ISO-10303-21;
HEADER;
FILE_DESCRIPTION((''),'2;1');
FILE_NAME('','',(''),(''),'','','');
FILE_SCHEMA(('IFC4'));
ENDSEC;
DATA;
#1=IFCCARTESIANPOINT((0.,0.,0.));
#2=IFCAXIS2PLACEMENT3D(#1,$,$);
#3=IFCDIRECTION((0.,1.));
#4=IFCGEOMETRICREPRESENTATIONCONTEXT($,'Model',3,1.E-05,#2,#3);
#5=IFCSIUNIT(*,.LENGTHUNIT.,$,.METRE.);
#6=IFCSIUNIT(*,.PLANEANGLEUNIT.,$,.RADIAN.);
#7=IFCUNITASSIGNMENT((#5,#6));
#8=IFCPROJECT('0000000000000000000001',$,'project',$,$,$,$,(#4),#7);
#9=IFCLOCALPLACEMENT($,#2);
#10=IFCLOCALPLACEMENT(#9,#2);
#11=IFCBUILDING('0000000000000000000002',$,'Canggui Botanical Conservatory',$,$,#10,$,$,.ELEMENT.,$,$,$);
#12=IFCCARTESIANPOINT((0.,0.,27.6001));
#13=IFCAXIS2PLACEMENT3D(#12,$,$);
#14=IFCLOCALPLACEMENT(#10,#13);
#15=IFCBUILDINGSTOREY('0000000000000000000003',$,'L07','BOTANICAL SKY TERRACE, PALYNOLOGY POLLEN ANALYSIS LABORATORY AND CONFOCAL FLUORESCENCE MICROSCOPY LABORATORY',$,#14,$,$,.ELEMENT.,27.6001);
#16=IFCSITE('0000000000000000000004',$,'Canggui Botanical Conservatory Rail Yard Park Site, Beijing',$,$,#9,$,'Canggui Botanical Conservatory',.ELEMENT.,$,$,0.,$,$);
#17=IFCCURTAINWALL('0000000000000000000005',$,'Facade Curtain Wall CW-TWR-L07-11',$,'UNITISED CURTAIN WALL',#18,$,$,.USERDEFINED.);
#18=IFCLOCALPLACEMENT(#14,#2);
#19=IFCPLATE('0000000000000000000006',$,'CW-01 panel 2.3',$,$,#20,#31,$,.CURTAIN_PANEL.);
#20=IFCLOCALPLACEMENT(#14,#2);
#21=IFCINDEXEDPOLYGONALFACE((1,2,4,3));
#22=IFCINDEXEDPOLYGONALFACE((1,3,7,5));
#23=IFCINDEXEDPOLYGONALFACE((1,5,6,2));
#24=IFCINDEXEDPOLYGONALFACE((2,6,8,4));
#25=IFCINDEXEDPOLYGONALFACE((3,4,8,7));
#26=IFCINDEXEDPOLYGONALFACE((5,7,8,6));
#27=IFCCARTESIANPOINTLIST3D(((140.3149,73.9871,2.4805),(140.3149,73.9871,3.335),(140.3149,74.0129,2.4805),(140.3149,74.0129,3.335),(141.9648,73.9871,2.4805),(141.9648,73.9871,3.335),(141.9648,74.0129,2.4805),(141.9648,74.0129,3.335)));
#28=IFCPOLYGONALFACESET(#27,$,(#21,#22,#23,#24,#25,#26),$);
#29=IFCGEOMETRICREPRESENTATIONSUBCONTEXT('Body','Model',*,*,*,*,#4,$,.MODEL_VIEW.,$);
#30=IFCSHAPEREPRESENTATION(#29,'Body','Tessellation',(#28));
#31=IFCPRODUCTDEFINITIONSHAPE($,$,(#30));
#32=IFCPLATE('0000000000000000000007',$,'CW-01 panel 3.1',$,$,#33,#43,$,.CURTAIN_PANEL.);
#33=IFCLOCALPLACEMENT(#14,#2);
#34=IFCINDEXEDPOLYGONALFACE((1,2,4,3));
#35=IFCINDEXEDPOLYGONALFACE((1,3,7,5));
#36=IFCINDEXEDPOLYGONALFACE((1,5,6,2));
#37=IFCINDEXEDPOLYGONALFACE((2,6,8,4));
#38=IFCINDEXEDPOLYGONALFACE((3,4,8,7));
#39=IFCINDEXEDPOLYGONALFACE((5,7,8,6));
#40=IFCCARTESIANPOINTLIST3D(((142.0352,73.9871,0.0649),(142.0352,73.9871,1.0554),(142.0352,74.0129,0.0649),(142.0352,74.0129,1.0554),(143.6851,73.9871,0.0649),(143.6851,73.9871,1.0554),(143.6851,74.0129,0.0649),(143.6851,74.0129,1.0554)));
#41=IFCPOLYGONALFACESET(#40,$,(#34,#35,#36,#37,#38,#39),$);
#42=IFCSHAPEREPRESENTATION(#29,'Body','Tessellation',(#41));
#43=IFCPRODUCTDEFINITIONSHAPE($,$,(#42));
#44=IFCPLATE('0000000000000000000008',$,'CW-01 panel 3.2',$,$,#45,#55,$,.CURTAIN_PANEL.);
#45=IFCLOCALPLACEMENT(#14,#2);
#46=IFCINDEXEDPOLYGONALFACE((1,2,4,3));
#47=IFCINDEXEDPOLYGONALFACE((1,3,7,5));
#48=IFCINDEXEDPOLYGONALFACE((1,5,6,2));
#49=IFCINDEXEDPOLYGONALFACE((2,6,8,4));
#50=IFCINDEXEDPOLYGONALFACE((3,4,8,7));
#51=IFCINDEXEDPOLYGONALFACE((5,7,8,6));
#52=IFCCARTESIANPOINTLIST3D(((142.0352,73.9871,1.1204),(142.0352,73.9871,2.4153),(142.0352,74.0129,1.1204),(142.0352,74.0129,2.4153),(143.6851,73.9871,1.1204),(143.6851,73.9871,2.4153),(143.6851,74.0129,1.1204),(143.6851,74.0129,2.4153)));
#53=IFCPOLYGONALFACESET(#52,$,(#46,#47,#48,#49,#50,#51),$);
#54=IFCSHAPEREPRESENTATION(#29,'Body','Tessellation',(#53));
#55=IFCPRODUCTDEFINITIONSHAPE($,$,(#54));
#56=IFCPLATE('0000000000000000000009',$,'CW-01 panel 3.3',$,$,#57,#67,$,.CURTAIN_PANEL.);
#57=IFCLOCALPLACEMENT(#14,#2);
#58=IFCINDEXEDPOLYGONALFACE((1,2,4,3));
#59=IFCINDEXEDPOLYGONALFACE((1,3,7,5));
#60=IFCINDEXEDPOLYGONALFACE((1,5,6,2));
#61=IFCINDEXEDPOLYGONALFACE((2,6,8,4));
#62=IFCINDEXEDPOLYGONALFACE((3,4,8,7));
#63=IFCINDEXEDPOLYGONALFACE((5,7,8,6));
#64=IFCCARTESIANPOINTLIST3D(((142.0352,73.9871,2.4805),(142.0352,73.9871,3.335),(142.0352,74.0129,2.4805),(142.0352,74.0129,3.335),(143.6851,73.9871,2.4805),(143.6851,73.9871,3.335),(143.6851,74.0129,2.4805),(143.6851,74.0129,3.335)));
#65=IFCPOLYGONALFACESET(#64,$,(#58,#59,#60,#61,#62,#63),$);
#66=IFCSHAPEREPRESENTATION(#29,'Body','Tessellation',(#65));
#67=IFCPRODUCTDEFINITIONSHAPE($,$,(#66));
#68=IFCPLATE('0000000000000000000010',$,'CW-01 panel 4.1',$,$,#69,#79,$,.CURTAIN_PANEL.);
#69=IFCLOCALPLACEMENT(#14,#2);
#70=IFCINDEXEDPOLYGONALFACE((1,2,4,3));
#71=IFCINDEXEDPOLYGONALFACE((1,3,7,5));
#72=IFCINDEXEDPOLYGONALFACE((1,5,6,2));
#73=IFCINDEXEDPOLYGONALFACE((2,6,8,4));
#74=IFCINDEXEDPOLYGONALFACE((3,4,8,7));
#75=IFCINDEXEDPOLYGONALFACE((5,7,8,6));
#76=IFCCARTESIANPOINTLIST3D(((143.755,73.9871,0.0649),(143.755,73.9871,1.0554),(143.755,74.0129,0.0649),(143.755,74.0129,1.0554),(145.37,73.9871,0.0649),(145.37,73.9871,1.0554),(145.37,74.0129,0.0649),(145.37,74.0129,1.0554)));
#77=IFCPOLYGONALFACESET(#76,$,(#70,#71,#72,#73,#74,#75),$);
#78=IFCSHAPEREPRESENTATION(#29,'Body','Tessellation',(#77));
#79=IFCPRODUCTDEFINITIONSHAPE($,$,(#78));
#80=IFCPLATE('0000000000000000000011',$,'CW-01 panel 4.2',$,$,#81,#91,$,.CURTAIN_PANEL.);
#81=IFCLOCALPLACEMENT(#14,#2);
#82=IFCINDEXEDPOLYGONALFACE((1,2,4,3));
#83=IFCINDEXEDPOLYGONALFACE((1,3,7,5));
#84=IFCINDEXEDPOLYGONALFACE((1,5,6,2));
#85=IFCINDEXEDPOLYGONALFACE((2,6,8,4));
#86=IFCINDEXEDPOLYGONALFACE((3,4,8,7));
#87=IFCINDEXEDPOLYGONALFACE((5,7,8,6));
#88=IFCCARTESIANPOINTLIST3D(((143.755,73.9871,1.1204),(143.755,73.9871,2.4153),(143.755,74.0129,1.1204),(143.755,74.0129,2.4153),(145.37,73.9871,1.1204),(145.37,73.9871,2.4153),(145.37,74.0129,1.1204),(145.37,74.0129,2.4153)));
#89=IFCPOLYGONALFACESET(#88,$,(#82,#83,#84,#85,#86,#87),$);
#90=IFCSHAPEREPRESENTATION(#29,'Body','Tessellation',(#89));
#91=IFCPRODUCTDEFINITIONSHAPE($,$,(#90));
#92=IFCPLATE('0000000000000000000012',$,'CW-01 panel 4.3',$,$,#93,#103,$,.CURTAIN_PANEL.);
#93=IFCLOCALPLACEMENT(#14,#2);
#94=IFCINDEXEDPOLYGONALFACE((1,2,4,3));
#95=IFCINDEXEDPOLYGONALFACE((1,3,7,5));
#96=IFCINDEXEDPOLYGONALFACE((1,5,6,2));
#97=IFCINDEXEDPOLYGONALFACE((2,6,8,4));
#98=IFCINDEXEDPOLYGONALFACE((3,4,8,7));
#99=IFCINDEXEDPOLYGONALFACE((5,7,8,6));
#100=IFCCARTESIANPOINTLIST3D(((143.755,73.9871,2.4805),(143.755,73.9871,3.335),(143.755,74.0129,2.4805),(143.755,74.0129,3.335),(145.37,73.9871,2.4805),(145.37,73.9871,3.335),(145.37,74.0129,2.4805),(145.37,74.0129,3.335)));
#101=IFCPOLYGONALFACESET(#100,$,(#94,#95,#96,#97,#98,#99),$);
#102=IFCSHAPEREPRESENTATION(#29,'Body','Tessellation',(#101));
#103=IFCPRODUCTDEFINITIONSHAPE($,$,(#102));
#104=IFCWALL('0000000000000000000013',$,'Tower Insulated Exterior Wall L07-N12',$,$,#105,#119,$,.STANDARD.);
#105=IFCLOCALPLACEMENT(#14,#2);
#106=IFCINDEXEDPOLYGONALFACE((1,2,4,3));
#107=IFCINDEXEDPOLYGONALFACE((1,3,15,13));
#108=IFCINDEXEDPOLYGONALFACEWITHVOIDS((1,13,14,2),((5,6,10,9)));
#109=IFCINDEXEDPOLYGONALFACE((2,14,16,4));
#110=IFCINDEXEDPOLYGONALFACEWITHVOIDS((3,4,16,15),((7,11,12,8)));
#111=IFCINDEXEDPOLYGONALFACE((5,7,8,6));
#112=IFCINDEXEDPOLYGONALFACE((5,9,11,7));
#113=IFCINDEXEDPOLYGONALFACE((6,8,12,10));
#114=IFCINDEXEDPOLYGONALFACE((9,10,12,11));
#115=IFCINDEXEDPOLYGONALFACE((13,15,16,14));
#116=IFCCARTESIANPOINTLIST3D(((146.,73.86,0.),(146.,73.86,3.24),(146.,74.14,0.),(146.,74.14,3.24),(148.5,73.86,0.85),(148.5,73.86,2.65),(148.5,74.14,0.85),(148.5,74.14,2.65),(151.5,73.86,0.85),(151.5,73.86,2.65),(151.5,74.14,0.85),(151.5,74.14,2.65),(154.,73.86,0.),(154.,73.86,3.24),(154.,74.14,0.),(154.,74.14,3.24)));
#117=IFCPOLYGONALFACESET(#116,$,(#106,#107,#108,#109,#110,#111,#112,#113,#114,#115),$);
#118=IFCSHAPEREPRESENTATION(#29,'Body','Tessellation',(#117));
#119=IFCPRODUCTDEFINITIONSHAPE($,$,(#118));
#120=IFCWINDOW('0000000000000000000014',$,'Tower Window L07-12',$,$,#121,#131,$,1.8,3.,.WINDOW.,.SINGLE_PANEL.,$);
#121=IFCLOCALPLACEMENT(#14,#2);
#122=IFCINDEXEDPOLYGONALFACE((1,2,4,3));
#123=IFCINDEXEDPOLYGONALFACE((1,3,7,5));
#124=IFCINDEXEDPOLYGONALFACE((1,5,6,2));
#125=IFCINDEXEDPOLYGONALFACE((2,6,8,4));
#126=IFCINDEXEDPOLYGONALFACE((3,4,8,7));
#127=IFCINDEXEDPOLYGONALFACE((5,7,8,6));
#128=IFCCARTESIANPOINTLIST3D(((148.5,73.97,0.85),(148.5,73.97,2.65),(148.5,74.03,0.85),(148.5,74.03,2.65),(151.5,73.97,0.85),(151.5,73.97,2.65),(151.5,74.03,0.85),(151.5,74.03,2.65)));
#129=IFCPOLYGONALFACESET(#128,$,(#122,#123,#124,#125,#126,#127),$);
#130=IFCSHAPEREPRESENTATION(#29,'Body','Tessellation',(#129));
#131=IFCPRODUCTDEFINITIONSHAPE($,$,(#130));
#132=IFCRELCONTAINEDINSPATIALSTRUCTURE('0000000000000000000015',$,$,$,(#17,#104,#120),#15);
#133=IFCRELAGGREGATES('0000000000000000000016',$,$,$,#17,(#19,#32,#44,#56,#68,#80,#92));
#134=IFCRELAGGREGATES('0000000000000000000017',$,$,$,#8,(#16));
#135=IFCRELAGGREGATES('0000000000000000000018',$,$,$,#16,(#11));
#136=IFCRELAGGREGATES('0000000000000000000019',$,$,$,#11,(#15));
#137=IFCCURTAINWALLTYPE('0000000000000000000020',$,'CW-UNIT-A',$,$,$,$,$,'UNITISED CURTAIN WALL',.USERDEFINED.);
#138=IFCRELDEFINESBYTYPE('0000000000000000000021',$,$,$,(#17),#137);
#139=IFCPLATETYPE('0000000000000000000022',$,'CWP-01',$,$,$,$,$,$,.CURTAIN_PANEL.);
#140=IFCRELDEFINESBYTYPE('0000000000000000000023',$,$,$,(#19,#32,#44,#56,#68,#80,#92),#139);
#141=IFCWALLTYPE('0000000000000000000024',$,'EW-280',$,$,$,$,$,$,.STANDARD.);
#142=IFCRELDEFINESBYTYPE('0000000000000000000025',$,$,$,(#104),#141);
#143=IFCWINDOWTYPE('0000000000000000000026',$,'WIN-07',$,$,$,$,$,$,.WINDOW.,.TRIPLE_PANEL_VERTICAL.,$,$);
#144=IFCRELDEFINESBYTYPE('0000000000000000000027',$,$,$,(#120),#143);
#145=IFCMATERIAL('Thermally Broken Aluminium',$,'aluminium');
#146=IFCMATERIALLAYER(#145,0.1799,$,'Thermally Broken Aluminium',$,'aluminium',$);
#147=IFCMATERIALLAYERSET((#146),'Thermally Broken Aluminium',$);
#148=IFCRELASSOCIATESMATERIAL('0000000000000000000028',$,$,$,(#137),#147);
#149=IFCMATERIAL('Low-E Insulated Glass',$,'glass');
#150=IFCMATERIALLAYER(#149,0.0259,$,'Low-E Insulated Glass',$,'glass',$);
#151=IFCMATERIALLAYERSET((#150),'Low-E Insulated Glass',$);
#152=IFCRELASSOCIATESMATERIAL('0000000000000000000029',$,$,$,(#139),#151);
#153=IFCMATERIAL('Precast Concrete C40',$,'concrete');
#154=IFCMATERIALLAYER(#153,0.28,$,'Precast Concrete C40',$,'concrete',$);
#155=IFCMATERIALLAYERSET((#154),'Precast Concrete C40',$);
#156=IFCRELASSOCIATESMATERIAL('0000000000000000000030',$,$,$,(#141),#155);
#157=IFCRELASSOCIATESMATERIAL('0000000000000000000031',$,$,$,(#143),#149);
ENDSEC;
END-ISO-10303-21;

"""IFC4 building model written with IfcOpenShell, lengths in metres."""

from ifc_helpers import new_model, si_unit, direction, frame, frame_2d, origin, origin_2d, place, context, subcontext, project, spatial, rectangle, extrude, material, layer, layer_set, type_object, element, fill, aggregate, save


model = new_model("IFC4")

# Units and contexts
model_context = context("Model", 3, precision=1e-05, world=origin(), true_north=direction((0.0, 1.0)))
body_context = subcontext(model_context, "Body", "Model", "MODEL_VIEW")
ifc_project = project(units=[si_unit("LENGTHUNIT", "METRE"), si_unit("PLANEANGLEUNIT", "RADIAN")], contexts=[model_context])

# Site, building, storey
site_placement = place(None, origin())
site = spatial("IfcSite", under=ifc_project, at=site_placement, Name="Canggui Botanical Conservatory Rail Yard Park Site, Beijing", LongName="Canggui Botanical Conservatory", CompositionType="ELEMENT", RefElevation=0.0)
building_placement = place(site_placement, origin())
building = spatial("IfcBuilding", under=site, at=building_placement, Name="Canggui Botanical Conservatory", CompositionType="ELEMENT")
storey_placement = place(building_placement, frame((0.0, 0.0, 27.6001)))
storey = spatial("IfcBuildingStorey", under=building, at=storey_placement, Name="L07", Description="BOTANICAL SKY TERRACE, PALYNOLOGY POLLEN ANALYSIS LABORATORY AND CONFOCAL FLUORESCENCE MICROSCOPY LABORATORY", CompositionType="ELEMENT", Elevation=27.6001)

# Curtain wall
ifc_material_1 = material(Name="Thermally Broken Aluminium", Category="aluminium")
ifc_layer_1 = layer(ifc_material_1, 0.1799, Name="Thermally Broken Aluminium", Category="aluminium")
ifc_layer_set_1 = layer_set([ifc_layer_1], Name="Thermally Broken Aluminium")
curtain_wall_type = type_object("IfcCurtainWallType", Name="CW-UNIT-A", ElementType="UNITISED CURTAIN WALL", PredefinedType="USERDEFINED", material=ifc_layer_set_1)
curtain_wall_1_placement = place(storey_placement, origin())
curtain_wall_1 = element("IfcCurtainWall", 1, at=curtain_wall_1_placement, inside=storey, type_object=curtain_wall_type, Name="Facade Curtain Wall CW-TWR-L07-11", ObjectType="UNITISED CURTAIN WALL", PredefinedType="USERDEFINED")

# Plates
ifc_material_2 = material(Name="Low-E Insulated Glass", Category="glass")
ifc_layer_2 = layer(ifc_material_2, 0.0259, Name="Low-E Insulated Glass", Category="glass")
ifc_layer_set_2 = layer_set([ifc_layer_2], Name="Low-E Insulated Glass")
plate_type = type_object("IfcPlateType", Name="CWP-01", PredefinedType="CURTAIN_PANEL", material=ifc_layer_set_2)
plate_1_placement = place(storey_placement, frame((141.1399, 74.0, 2.4805), z_axis=(0.0, 0.0, 1.0), x_axis=(1.0, 0.0, 0.0)))
plate_1 = element("IfcPlate", 2, at=plate_1_placement, type_object=plate_type, Name="CW-01 panel 2.3", PredefinedType="CURTAIN_PANEL", context=body_context, shape_type="SweptSolid", body=[
    extrude(rectangle(XDim=1.6499, YDim=0.0259, at=origin_2d()), origin(), (0.0, 0.0, 1.0), 0.8545),
])
plate_2_placement = place(storey_placement, frame((142.8601, 74.0, 0.0649), z_axis=(0.0, 0.0, 1.0), x_axis=(1.0, 0.0, 0.0)))
plate_2 = element("IfcPlate", 3, at=plate_2_placement, type_object=plate_type, Name="CW-01 panel 3.1", PredefinedType="CURTAIN_PANEL", context=body_context, shape_type="SweptSolid", body=[
    extrude(rectangle(XDim=1.6499, YDim=0.0259, at=origin_2d()), origin(), (0.0, 0.0, 1.0), 0.9905),
])
plate_3_placement = place(storey_placement, frame((142.8601, 74.0, 1.1204), z_axis=(0.0, 0.0, 1.0), x_axis=(1.0, 0.0, 0.0)))
plate_3 = element("IfcPlate", 4, at=plate_3_placement, type_object=plate_type, Name="CW-01 panel 3.2", PredefinedType="CURTAIN_PANEL", context=body_context, shape_type="SweptSolid", body=[
    extrude(rectangle(XDim=1.6499, YDim=0.0259, at=origin_2d()), origin(), (0.0, 0.0, 1.0), 1.2949),
])
plate_4_placement = place(storey_placement, frame((142.8601, 74.0, 2.4805), z_axis=(0.0, 0.0, 1.0), x_axis=(1.0, 0.0, 0.0)))
plate_4 = element("IfcPlate", 5, at=plate_4_placement, type_object=plate_type, Name="CW-01 panel 3.3", PredefinedType="CURTAIN_PANEL", context=body_context, shape_type="SweptSolid", body=[
    extrude(rectangle(XDim=1.6499, YDim=0.0259, at=origin_2d()), origin(), (0.0, 0.0, 1.0), 0.8545),
])
plate_5_placement = place(storey_placement, frame((144.5625, 74.0, 0.0649), z_axis=(0.0, 0.0, 1.0), x_axis=(1.0, 0.0, 0.0)))
plate_5 = element("IfcPlate", 6, at=plate_5_placement, type_object=plate_type, Name="CW-01 panel 4.1", PredefinedType="CURTAIN_PANEL", context=body_context, shape_type="SweptSolid", body=[
    extrude(rectangle(XDim=1.615, YDim=0.0259, at=origin_2d()), origin(), (0.0, 0.0, 1.0), 0.9905),
])
plate_6_placement = place(storey_placement, frame((144.5625, 74.0, 1.1204), z_axis=(0.0, 0.0, 1.0), x_axis=(1.0, 0.0, 0.0)))
plate_6 = element("IfcPlate", 7, at=plate_6_placement, type_object=plate_type, Name="CW-01 panel 4.2", PredefinedType="CURTAIN_PANEL", context=body_context, shape_type="SweptSolid", body=[
    extrude(rectangle(XDim=1.615, YDim=0.0259, at=origin_2d()), origin(), (0.0, 0.0, 1.0), 1.2949),
])
plate_7_placement = place(storey_placement, frame((144.5625, 74.0, 2.4805), z_axis=(0.0, 0.0, 1.0), x_axis=(1.0, 0.0, 0.0)))
plate_7 = element("IfcPlate", 8, at=plate_7_placement, type_object=plate_type, Name="CW-01 panel 4.3", PredefinedType="CURTAIN_PANEL", context=body_context, shape_type="SweptSolid", body=[
    extrude(rectangle(XDim=1.615, YDim=0.0259, at=origin_2d()), origin(), (0.0, 0.0, 1.0), 0.8545),
])
aggregate(curtain_wall_1, [plate_1, plate_2, plate_3, plate_4, plate_5, plate_6, plate_7])

# Wall, opening, window
ifc_material_3 = material(Name="Precast Concrete C40", Category="concrete")
ifc_layer_3 = layer(ifc_material_3, 0.28, Name="Precast Concrete C40", Category="concrete")
ifc_layer_set_3 = layer_set([ifc_layer_3], Name="Precast Concrete C40")
wall_type = type_object("IfcWallType", Name="EW-280", PredefinedType="STANDARD", material=ifc_layer_set_3)
wall_placement = place(storey_placement, frame((146.0, 74.0, 0.0), z_axis=(0.0, 0.0, 1.0), x_axis=(1.0, 0.0, 0.0)))
wall = element("IfcWall", 9, at=wall_placement, inside=storey, type_object=wall_type, Name="Tower Insulated Exterior Wall L07-N12", PredefinedType="STANDARD", context=body_context, shape_type="SweptSolid", body=[
    extrude(rectangle(XDim=8.0, YDim=0.28, at=frame_2d((4.0, 0.0))), origin(), (0.0, 0.0, 1.0), 3.24),
])
opening_placement = place(wall_placement, frame((2.5, 0.0, 0.8501)))
opening = element("IfcOpeningElement", 10, at=opening_placement, cuts=wall, PredefinedType="OPENING", context=body_context, shape_type="SweptSolid", body=[
    extrude(rectangle(XDim=3.0, YDim=1.8, at=frame_2d((1.5, 0.8999))), frame((0.0, 0.1499, 0.0), z_axis=(0.0, -1.0, 0.0), x_axis=(1.0, 0.0, 0.0)), (0.0, 0.0, 1.0), 0.3),
])
window_type = type_object("IfcWindowType", Name="WIN-07", PartitioningType="TRIPLE_PANEL_VERTICAL", PredefinedType="WINDOW", material=ifc_material_2)
window_placement = place(opening_placement, origin())
window = element("IfcWindow", 11, at=window_placement, inside=storey, type_object=window_type, Name="Tower Window L07-12", OverallHeight=1.8, OverallWidth=3.0, PartitioningType="SINGLE_PANEL", PredefinedType="WINDOW", context=body_context, shape_type="SweptSolid", body=[
    extrude(rectangle(XDim=3.0, YDim=1.8, at=frame_2d((1.5, 0.8999))), frame((0.0, 0.03, 0.0), z_axis=(0.0, -1.0, 0.0), x_axis=(1.0, 0.0, 0.0)), (0.0, 0.0, 1.0), 0.0601),
])
fill(opening, window)

save(model, "model.ifc")
